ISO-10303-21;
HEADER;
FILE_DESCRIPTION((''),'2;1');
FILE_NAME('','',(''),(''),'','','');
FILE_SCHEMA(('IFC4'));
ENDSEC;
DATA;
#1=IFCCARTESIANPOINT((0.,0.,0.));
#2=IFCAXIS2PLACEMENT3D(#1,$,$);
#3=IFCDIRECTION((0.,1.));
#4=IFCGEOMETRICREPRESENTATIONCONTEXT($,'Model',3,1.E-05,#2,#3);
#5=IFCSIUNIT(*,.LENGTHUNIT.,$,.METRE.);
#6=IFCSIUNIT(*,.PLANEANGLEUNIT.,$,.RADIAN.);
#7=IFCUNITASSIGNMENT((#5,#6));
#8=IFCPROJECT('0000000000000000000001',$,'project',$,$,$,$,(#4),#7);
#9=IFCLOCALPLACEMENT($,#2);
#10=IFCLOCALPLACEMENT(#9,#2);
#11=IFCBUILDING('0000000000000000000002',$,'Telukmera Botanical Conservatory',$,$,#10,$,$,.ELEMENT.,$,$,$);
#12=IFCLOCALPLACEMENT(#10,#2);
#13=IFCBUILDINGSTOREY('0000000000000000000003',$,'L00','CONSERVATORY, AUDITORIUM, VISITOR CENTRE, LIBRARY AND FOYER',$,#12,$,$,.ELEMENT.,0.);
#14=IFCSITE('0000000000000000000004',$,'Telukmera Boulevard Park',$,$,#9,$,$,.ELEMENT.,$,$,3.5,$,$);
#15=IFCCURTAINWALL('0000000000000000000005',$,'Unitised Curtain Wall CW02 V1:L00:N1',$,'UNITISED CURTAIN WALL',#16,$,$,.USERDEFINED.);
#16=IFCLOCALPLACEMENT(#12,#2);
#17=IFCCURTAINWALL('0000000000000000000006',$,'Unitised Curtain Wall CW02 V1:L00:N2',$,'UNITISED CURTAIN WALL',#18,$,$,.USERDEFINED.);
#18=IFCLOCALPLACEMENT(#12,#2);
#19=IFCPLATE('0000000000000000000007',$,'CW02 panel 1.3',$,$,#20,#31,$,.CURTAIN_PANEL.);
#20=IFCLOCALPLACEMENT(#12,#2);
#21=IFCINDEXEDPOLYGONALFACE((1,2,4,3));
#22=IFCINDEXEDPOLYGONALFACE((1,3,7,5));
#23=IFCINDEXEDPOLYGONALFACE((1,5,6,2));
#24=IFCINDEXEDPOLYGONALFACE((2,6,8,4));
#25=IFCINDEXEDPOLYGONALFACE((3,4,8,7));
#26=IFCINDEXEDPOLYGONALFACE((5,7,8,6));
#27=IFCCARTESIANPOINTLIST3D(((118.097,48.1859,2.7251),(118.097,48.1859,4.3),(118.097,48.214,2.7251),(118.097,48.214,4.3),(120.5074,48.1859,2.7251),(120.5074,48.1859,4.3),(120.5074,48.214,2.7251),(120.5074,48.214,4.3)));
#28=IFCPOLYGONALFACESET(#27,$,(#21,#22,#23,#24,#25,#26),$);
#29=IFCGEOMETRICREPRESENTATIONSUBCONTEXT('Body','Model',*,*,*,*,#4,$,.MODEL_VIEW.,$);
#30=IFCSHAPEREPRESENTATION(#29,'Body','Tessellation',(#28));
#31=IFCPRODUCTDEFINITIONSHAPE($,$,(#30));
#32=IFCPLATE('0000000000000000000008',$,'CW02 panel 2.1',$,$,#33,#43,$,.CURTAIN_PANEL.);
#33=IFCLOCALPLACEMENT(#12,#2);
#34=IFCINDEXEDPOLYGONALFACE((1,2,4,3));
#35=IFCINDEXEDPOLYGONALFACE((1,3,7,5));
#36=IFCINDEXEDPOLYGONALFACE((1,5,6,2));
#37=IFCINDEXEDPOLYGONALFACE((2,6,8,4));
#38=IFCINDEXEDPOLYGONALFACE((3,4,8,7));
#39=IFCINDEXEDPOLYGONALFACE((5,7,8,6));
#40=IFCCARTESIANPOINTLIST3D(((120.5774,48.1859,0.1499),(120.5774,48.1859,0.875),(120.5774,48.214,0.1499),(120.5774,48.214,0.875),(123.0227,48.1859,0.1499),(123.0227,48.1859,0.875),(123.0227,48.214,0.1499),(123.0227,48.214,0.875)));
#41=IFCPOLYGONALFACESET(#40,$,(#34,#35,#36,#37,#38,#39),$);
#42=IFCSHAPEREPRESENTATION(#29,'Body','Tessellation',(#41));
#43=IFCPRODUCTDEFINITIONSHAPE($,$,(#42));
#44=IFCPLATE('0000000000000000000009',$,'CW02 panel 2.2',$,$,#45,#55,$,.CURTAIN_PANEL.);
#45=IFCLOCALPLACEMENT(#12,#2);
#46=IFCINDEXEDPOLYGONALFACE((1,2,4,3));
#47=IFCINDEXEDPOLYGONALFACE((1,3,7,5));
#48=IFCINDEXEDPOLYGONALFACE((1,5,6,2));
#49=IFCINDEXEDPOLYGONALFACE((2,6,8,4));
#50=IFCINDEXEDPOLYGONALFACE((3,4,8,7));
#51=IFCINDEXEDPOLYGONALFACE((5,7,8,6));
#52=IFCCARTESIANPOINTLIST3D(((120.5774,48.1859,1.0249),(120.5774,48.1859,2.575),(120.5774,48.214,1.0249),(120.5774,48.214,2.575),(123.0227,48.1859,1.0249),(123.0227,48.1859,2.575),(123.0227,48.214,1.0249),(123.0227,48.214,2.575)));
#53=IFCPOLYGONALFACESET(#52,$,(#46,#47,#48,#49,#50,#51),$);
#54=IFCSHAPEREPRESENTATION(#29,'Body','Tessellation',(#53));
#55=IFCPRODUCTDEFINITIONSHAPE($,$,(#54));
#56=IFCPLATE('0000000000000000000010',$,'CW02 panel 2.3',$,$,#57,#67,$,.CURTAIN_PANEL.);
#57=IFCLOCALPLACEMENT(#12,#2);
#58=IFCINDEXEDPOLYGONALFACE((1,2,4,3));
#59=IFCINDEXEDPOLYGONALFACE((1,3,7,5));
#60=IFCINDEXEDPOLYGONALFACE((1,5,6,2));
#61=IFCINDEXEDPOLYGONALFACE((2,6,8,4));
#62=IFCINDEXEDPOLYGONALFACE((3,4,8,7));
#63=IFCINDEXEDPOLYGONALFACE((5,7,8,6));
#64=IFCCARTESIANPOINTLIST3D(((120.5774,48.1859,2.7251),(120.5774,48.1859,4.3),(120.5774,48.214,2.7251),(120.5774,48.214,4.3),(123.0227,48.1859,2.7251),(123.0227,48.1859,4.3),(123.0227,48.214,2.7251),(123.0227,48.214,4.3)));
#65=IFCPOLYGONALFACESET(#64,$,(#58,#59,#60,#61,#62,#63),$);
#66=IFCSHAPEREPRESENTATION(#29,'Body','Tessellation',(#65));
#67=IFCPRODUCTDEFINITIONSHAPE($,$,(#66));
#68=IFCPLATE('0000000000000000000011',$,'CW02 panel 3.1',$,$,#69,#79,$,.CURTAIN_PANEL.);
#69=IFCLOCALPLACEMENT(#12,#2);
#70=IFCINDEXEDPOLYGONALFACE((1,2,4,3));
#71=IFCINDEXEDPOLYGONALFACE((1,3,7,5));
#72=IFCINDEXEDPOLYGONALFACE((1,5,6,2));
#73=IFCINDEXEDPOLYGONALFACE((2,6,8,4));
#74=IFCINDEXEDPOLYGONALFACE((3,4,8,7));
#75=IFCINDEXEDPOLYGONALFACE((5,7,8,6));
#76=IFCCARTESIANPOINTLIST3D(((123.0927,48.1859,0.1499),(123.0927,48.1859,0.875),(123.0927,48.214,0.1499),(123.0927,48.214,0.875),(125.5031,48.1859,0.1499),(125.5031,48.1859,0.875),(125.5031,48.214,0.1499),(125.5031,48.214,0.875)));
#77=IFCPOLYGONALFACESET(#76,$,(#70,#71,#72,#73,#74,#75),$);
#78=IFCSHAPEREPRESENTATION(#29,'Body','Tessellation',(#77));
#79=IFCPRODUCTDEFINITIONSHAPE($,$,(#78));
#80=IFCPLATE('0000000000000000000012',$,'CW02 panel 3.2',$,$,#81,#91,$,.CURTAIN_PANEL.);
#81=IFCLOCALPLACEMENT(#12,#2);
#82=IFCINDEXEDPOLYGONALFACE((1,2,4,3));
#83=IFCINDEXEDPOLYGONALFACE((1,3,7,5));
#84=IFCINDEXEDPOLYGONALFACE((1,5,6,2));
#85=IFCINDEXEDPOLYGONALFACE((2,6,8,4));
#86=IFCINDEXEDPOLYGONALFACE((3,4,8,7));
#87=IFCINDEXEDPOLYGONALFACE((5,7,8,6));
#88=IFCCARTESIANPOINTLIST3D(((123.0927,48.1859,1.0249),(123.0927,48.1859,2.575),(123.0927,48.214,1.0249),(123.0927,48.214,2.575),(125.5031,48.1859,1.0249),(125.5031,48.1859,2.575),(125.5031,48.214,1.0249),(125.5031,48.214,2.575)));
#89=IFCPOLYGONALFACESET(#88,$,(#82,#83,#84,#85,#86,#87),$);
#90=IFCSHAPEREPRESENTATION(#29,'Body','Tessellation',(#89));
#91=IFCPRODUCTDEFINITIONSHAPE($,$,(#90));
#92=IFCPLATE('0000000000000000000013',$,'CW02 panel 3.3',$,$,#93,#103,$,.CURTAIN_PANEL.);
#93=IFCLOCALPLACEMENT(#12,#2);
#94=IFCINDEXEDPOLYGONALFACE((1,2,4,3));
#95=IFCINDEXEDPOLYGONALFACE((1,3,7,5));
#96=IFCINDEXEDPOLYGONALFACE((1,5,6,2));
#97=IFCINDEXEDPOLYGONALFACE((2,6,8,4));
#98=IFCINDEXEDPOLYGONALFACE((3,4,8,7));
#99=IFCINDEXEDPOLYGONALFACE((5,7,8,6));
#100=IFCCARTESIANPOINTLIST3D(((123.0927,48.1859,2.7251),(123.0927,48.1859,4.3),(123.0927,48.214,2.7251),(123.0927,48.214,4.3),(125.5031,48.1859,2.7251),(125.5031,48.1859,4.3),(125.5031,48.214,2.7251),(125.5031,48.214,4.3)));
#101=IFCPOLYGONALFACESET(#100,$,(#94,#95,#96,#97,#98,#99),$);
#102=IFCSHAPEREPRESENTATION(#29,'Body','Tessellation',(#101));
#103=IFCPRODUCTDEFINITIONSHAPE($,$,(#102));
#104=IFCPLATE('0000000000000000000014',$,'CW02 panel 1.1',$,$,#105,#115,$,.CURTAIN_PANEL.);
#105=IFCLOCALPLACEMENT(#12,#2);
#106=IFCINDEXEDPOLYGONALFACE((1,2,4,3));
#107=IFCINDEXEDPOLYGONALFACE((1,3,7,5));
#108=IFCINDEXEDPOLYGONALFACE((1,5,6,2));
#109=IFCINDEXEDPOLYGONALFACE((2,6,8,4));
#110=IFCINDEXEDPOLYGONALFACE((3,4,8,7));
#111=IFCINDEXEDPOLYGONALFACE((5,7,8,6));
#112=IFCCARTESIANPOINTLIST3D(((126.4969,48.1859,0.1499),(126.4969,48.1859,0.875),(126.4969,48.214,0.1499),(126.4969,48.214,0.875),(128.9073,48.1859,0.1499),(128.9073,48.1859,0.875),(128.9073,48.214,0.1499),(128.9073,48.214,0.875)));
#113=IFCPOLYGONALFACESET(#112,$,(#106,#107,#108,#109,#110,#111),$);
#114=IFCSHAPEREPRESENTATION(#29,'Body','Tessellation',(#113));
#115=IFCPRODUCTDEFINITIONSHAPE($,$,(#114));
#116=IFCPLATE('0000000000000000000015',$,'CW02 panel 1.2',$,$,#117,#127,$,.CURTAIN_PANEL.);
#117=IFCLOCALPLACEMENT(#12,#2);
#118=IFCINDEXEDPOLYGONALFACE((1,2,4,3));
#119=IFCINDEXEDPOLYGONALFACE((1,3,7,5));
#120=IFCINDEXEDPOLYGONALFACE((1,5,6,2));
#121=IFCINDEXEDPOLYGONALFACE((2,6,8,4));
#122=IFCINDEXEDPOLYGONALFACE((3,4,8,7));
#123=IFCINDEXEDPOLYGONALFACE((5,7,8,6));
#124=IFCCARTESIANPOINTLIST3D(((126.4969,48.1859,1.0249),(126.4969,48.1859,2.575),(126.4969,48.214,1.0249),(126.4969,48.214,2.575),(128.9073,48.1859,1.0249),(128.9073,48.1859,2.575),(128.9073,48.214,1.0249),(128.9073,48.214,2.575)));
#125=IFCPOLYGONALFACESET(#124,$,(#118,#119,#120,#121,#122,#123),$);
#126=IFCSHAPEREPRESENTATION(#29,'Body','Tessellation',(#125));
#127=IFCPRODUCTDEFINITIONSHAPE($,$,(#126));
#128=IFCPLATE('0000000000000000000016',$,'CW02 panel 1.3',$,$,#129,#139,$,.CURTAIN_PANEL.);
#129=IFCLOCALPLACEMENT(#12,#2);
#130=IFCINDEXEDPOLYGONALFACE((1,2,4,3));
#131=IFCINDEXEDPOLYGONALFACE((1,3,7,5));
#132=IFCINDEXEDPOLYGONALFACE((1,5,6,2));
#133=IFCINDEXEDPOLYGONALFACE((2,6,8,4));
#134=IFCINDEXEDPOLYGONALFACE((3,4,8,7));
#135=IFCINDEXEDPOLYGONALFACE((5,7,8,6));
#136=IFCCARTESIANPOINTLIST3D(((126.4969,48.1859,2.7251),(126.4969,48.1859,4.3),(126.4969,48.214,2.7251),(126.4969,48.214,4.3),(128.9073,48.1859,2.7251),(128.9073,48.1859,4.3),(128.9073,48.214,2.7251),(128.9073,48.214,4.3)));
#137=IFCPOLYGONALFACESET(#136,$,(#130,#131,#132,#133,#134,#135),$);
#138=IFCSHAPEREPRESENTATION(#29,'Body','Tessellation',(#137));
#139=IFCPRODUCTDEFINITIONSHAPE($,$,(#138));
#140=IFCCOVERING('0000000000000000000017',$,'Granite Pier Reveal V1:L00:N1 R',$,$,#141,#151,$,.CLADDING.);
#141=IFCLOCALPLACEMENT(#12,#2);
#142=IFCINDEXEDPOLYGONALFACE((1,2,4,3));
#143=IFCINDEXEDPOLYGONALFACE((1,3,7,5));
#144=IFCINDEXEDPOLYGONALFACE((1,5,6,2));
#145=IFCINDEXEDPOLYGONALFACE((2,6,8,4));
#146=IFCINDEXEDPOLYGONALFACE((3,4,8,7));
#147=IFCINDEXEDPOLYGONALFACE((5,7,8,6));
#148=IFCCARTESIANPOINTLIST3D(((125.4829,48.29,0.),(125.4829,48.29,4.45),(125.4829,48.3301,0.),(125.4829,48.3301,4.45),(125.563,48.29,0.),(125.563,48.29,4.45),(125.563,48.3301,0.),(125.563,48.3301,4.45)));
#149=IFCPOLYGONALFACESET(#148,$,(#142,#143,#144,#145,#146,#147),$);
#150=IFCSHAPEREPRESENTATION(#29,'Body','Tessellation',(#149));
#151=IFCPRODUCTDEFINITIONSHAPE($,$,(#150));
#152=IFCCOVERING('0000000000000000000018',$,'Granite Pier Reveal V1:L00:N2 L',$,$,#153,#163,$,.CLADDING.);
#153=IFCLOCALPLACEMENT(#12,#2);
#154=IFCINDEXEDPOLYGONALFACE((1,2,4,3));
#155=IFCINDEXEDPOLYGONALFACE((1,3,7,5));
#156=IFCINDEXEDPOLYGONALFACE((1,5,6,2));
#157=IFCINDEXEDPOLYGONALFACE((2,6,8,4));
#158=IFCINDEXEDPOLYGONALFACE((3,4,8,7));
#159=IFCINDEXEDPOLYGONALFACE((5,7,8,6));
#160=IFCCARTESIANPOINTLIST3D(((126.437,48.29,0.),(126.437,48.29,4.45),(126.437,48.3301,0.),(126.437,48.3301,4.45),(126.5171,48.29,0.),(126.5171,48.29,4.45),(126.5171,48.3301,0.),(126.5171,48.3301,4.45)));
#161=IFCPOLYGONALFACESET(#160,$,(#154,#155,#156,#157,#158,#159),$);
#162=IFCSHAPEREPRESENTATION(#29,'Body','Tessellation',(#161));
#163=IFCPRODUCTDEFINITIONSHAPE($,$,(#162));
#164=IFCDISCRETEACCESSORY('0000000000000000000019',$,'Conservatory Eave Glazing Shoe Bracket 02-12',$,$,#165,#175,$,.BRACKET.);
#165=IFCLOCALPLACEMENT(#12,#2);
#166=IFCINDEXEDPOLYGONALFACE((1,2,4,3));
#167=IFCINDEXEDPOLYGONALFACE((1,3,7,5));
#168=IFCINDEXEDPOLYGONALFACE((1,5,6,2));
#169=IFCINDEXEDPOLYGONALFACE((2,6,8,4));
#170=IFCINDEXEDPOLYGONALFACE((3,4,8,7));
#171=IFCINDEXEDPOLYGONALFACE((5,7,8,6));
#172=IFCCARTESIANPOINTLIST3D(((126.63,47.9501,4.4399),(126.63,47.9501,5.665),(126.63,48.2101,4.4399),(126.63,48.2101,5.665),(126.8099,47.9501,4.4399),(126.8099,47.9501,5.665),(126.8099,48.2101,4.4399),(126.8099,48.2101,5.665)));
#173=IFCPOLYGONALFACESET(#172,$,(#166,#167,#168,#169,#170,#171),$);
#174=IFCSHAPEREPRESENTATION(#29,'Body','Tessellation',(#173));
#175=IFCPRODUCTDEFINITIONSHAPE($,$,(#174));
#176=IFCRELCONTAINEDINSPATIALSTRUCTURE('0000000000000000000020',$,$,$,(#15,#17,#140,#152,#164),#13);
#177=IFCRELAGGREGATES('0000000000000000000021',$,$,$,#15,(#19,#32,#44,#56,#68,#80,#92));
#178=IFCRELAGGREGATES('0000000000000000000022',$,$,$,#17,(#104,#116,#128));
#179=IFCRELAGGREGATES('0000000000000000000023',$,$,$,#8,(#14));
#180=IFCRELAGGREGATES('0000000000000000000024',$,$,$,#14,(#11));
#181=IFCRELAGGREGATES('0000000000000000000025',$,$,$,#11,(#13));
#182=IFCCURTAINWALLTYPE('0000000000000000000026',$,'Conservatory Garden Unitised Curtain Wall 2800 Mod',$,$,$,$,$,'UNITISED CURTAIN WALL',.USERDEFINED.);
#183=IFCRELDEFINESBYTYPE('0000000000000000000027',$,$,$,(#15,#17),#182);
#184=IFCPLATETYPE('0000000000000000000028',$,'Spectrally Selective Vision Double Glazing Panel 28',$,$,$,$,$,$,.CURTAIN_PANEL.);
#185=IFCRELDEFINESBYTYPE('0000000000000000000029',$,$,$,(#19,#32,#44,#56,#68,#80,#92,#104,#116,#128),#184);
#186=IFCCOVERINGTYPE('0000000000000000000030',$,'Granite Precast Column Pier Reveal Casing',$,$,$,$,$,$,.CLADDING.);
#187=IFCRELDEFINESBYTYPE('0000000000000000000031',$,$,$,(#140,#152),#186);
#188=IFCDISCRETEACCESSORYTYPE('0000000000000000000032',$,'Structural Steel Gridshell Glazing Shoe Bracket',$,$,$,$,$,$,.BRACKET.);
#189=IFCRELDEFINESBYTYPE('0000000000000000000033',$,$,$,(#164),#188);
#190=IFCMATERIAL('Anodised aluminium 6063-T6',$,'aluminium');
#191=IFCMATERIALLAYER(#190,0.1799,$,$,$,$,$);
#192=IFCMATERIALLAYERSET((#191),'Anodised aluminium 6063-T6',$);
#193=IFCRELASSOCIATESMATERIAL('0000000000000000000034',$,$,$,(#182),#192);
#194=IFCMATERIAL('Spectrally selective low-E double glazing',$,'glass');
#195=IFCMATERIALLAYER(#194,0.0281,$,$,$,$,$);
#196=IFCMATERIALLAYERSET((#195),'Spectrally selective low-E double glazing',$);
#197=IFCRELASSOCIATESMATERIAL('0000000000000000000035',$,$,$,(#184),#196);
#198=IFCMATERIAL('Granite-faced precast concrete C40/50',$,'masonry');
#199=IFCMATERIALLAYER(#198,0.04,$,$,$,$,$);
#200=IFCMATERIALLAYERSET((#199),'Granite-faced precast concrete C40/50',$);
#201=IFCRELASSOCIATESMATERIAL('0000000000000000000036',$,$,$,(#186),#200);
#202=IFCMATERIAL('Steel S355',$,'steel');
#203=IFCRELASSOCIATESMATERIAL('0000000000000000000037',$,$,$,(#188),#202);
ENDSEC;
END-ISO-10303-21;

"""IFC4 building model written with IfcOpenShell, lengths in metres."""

from ifc_helpers import new_model, si_unit, direction, frame, origin, origin_2d, place, context, subcontext, project, spatial, rectangle, extrude, material, layer, layer_set, type_object, element, aggregate, save


model = new_model("IFC4")

# Units and contexts
model_context = context("Model", 3, precision=1e-05, world=origin(), true_north=direction((0.0, 1.0)))
body_context = subcontext(model_context, "Body", "Model", "MODEL_VIEW")
ifc_project = project(units=[si_unit("LENGTHUNIT", "METRE"), si_unit("PLANEANGLEUNIT", "RADIAN")], contexts=[model_context])

# Site, building, storey
site_placement = place(None, origin())
site = spatial("IfcSite", under=ifc_project, at=site_placement, Name="Telukmera Boulevard Park", CompositionType="ELEMENT", RefElevation=3.5)
building_placement = place(site_placement, origin())
building = spatial("IfcBuilding", under=site, at=building_placement, Name="Telukmera Botanical Conservatory", CompositionType="ELEMENT")
storey_placement = place(building_placement, origin())
storey = spatial("IfcBuildingStorey", under=building, at=storey_placement, Name="L00", Description="CONSERVATORY, AUDITORIUM, VISITOR CENTRE, LIBRARY AND FOYER", CompositionType="ELEMENT", Elevation=0.0)

# Shared definitions
ifc_material_1 = material(Name="Steel S355", Category="steel")

# Curtain walls
ifc_material_2 = material(Name="Anodised aluminium 6063-T6", Category="aluminium")
ifc_layer_1 = layer(ifc_material_2, 0.1799)
ifc_layer_set_1 = layer_set([ifc_layer_1], Name="Anodised aluminium 6063-T6")
curtain_wall_type = type_object("IfcCurtainWallType", Name="Conservatory Garden Unitised Curtain Wall 2800 Mod", ElementType="UNITISED CURTAIN WALL", PredefinedType="USERDEFINED", material=ifc_layer_set_1)
curtain_wall_1_placement = place(storey_placement, origin())
curtain_wall_1 = element("IfcCurtainWall", 1, at=curtain_wall_1_placement, inside=storey, type_object=curtain_wall_type, Name="Unitised Curtain Wall CW02 V1:L00:N1", ObjectType="UNITISED CURTAIN WALL", PredefinedType="USERDEFINED")
curtain_wall_2_placement = place(storey_placement, origin())
curtain_wall_2 = element("IfcCurtainWall", 2, at=curtain_wall_2_placement, inside=storey, type_object=curtain_wall_type, Name="Unitised Curtain Wall CW02 V1:L00:N2", ObjectType="UNITISED CURTAIN WALL", PredefinedType="USERDEFINED")

# Plates
ifc_material_3 = material(Name="Spectrally selective low-E double glazing", Category="glass")
ifc_layer_2 = layer(ifc_material_3, 0.0281)
ifc_layer_set_2 = layer_set([ifc_layer_2], Name="Spectrally selective low-E double glazing")
plate_type_1 = type_object("IfcPlateType", Name="Spectrally Selective Vision Double Glazing Panel 28", PredefinedType="CURTAIN_PANEL", material=ifc_layer_set_2)
plate_1_placement = place(storey_placement, frame((119.3022, 48.2, 2.7251), z_axis=(0.0, 0.0, 1.0), x_axis=(1.0, 0.0, 0.0)))
plate_1 = element("IfcPlate", 3, at=plate_1_placement, type_object=plate_type_1, Name="CW02 panel 1.3", PredefinedType="CURTAIN_PANEL", context=body_context, shape_type="SweptSolid", body=[
    extrude(rectangle(XDim=2.4104, YDim=0.0281, at=origin_2d()), origin(), (0.0, 0.0, 1.0), 1.575),
])
plate_2_placement = place(storey_placement, frame((121.8, 48.2, 0.1499), z_axis=(0.0, 0.0, 1.0), x_axis=(1.0, 0.0, 0.0)))
plate_2 = element("IfcPlate", 4, at=plate_2_placement, type_object=plate_type_1, Name="CW02 panel 2.1", PredefinedType="CURTAIN_PANEL", context=body_context, shape_type="SweptSolid", body=[
    extrude(rectangle(XDim=2.4453, YDim=0.0281, at=origin_2d()), origin(), (0.0, 0.0, 1.0), 0.7251),
])
plate_3_placement = place(storey_placement, frame((121.8, 48.2, 1.0249), z_axis=(0.0, 0.0, 1.0), x_axis=(1.0, 0.0, 0.0)))
plate_3 = element("IfcPlate", 5, at=plate_3_placement, type_object=plate_type_1, Name="CW02 panel 2.2", PredefinedType="CURTAIN_PANEL", context=body_context, shape_type="SweptSolid", body=[
    extrude(rectangle(XDim=2.4453, YDim=0.0281, at=origin_2d()), origin(), (0.0, 0.0, 1.0), 1.55),
])
plate_4_placement = place(storey_placement, frame((121.8, 48.2, 2.7251), z_axis=(0.0, 0.0, 1.0), x_axis=(1.0, 0.0, 0.0)))
plate_4 = element("IfcPlate", 6, at=plate_4_placement, type_object=plate_type_1, Name="CW02 panel 2.3", PredefinedType="CURTAIN_PANEL", context=body_context, shape_type="SweptSolid", body=[
    extrude(rectangle(XDim=2.4453, YDim=0.0281, at=origin_2d()), origin(), (0.0, 0.0, 1.0), 1.575),
])
plate_5_placement = place(storey_placement, frame((124.2979, 48.2, 0.1499), z_axis=(0.0, 0.0, 1.0), x_axis=(1.0, 0.0, 0.0)))
plate_5 = element("IfcPlate", 7, at=plate_5_placement, type_object=plate_type_1, Name="CW02 panel 3.1", PredefinedType="CURTAIN_PANEL", context=body_context, shape_type="SweptSolid", body=[
    extrude(rectangle(XDim=2.4104, YDim=0.0281, at=origin_2d()), origin(), (0.0, 0.0, 1.0), 0.7251),
])
plate_6_placement = place(storey_placement, frame((124.2979, 48.2, 1.0249), z_axis=(0.0, 0.0, 1.0), x_axis=(1.0, 0.0, 0.0)))
plate_6 = element("IfcPlate", 8, at=plate_6_placement, type_object=plate_type_1, Name="CW02 panel 3.2", PredefinedType="CURTAIN_PANEL", context=body_context, shape_type="SweptSolid", body=[
    extrude(rectangle(XDim=2.4104, YDim=0.0281, at=origin_2d()), origin(), (0.0, 0.0, 1.0), 1.55),
])
plate_7_placement = place(storey_placement, frame((124.2979, 48.2, 2.7251), z_axis=(0.0, 0.0, 1.0), x_axis=(1.0, 0.0, 0.0)))
plate_7 = element("IfcPlate", 9, at=plate_7_placement, type_object=plate_type_1, Name="CW02 panel 3.3", PredefinedType="CURTAIN_PANEL", context=body_context, shape_type="SweptSolid", body=[
    extrude(rectangle(XDim=2.4104, YDim=0.0281, at=origin_2d()), origin(), (0.0, 0.0, 1.0), 1.575),
])
aggregate(curtain_wall_1, [plate_1, plate_2, plate_3, plate_4, plate_5, plate_6, plate_7])
plate_8_placement = place(storey_placement, frame((127.7021, 48.2, 0.1499), z_axis=(0.0, 0.0, 1.0), x_axis=(1.0, 0.0, 0.0)))
plate_8 = element("IfcPlate", 10, at=plate_8_placement, type_object=plate_type_1, Name="CW02 panel 1.1", PredefinedType="CURTAIN_PANEL", context=body_context, shape_type="SweptSolid", body=[
    extrude(rectangle(XDim=2.4104, YDim=0.0281, at=origin_2d()), origin(), (0.0, 0.0, 1.0), 0.7251),
])
plate_9_placement = place(storey_placement, frame((127.7021, 48.2, 1.0249), z_axis=(0.0, 0.0, 1.0), x_axis=(1.0, 0.0, 0.0)))
plate_9 = element("IfcPlate", 11, at=plate_9_placement, type_object=plate_type_1, Name="CW02 panel 1.2", PredefinedType="CURTAIN_PANEL", context=body_context, shape_type="SweptSolid", body=[
    extrude(rectangle(XDim=2.4104, YDim=0.0281, at=origin_2d()), origin(), (0.0, 0.0, 1.0), 1.55),
])
plate_10_placement = place(storey_placement, frame((127.7021, 48.2, 2.7251), z_axis=(0.0, 0.0, 1.0), x_axis=(1.0, 0.0, 0.0)))
plate_10 = element("IfcPlate", 12, at=plate_10_placement, type_object=plate_type_1, Name="CW02 panel 1.3", PredefinedType="CURTAIN_PANEL", context=body_context, shape_type="SweptSolid", body=[
    extrude(rectangle(XDim=2.4104, YDim=0.0281, at=origin_2d()), origin(), (0.0, 0.0, 1.0), 1.575),
])
aggregate(curtain_wall_2, [plate_8, plate_9, plate_10])

# Coverings
ifc_material_4 = material(Name="Granite-faced precast concrete C40/50", Category="masonry")
ifc_layer_3 = layer(ifc_material_4, 0.04)
ifc_layer_set_3 = layer_set([ifc_layer_3], Name="Granite-faced precast concrete C40/50")
covering_type = type_object("IfcCoveringType", Name="Granite Precast Column Pier Reveal Casing", PredefinedType="CLADDING", material=ifc_layer_set_3)
for number, where, z_axis, x_axis, name in (
    (13, (125.5229, 48.3101, 0.0), (0.0, 0.0, 1.0), (1.0, 0.0, 0.0), "Granite Pier Reveal V1:L00:N1 R"),
    (14, (126.4771, 48.3101, 0.0), (0.0, 0.0, 1.0), (1.0, 0.0, 0.0), "Granite Pier Reveal V1:L00:N2 L"),
):
    element("IfcCovering", number, at=place(storey_placement, frame(where, z_axis=z_axis, x_axis=x_axis)), inside=storey, type_object=covering_type, Name=name, PredefinedType="CLADDING", context=body_context, shape_type="SweptSolid", body=[
        extrude(rectangle(XDim=0.0801, YDim=0.04, at=origin_2d()), origin(), (0.0, 0.0, 1.0), 4.45),
    ])

# Discrete accessory
discrete_accessory_type = type_object("IfcDiscreteAccessoryType", Name="Structural Steel Gridshell Glazing Shoe Bracket", PredefinedType="BRACKET", material=ifc_material_1)
discrete_accessory_placement = place(storey_placement, frame((126.72, 48.0801, 4.4399), z_axis=(0.0, 0.0, 1.0), x_axis=(1.0, 0.0, 0.0)))
element("IfcDiscreteAccessory", 15, at=discrete_accessory_placement, inside=storey, type_object=discrete_accessory_type, Name="Conservatory Eave Glazing Shoe Bracket 02-12", PredefinedType="BRACKET", context=body_context, shape_type="SweptSolid", body=[
    extrude(rectangle(XDim=0.1799, YDim=0.26, at=origin_2d()), origin(), (0.0, 0.0, 1.0), 1.2251),
])

save(model, "model.ifc")
